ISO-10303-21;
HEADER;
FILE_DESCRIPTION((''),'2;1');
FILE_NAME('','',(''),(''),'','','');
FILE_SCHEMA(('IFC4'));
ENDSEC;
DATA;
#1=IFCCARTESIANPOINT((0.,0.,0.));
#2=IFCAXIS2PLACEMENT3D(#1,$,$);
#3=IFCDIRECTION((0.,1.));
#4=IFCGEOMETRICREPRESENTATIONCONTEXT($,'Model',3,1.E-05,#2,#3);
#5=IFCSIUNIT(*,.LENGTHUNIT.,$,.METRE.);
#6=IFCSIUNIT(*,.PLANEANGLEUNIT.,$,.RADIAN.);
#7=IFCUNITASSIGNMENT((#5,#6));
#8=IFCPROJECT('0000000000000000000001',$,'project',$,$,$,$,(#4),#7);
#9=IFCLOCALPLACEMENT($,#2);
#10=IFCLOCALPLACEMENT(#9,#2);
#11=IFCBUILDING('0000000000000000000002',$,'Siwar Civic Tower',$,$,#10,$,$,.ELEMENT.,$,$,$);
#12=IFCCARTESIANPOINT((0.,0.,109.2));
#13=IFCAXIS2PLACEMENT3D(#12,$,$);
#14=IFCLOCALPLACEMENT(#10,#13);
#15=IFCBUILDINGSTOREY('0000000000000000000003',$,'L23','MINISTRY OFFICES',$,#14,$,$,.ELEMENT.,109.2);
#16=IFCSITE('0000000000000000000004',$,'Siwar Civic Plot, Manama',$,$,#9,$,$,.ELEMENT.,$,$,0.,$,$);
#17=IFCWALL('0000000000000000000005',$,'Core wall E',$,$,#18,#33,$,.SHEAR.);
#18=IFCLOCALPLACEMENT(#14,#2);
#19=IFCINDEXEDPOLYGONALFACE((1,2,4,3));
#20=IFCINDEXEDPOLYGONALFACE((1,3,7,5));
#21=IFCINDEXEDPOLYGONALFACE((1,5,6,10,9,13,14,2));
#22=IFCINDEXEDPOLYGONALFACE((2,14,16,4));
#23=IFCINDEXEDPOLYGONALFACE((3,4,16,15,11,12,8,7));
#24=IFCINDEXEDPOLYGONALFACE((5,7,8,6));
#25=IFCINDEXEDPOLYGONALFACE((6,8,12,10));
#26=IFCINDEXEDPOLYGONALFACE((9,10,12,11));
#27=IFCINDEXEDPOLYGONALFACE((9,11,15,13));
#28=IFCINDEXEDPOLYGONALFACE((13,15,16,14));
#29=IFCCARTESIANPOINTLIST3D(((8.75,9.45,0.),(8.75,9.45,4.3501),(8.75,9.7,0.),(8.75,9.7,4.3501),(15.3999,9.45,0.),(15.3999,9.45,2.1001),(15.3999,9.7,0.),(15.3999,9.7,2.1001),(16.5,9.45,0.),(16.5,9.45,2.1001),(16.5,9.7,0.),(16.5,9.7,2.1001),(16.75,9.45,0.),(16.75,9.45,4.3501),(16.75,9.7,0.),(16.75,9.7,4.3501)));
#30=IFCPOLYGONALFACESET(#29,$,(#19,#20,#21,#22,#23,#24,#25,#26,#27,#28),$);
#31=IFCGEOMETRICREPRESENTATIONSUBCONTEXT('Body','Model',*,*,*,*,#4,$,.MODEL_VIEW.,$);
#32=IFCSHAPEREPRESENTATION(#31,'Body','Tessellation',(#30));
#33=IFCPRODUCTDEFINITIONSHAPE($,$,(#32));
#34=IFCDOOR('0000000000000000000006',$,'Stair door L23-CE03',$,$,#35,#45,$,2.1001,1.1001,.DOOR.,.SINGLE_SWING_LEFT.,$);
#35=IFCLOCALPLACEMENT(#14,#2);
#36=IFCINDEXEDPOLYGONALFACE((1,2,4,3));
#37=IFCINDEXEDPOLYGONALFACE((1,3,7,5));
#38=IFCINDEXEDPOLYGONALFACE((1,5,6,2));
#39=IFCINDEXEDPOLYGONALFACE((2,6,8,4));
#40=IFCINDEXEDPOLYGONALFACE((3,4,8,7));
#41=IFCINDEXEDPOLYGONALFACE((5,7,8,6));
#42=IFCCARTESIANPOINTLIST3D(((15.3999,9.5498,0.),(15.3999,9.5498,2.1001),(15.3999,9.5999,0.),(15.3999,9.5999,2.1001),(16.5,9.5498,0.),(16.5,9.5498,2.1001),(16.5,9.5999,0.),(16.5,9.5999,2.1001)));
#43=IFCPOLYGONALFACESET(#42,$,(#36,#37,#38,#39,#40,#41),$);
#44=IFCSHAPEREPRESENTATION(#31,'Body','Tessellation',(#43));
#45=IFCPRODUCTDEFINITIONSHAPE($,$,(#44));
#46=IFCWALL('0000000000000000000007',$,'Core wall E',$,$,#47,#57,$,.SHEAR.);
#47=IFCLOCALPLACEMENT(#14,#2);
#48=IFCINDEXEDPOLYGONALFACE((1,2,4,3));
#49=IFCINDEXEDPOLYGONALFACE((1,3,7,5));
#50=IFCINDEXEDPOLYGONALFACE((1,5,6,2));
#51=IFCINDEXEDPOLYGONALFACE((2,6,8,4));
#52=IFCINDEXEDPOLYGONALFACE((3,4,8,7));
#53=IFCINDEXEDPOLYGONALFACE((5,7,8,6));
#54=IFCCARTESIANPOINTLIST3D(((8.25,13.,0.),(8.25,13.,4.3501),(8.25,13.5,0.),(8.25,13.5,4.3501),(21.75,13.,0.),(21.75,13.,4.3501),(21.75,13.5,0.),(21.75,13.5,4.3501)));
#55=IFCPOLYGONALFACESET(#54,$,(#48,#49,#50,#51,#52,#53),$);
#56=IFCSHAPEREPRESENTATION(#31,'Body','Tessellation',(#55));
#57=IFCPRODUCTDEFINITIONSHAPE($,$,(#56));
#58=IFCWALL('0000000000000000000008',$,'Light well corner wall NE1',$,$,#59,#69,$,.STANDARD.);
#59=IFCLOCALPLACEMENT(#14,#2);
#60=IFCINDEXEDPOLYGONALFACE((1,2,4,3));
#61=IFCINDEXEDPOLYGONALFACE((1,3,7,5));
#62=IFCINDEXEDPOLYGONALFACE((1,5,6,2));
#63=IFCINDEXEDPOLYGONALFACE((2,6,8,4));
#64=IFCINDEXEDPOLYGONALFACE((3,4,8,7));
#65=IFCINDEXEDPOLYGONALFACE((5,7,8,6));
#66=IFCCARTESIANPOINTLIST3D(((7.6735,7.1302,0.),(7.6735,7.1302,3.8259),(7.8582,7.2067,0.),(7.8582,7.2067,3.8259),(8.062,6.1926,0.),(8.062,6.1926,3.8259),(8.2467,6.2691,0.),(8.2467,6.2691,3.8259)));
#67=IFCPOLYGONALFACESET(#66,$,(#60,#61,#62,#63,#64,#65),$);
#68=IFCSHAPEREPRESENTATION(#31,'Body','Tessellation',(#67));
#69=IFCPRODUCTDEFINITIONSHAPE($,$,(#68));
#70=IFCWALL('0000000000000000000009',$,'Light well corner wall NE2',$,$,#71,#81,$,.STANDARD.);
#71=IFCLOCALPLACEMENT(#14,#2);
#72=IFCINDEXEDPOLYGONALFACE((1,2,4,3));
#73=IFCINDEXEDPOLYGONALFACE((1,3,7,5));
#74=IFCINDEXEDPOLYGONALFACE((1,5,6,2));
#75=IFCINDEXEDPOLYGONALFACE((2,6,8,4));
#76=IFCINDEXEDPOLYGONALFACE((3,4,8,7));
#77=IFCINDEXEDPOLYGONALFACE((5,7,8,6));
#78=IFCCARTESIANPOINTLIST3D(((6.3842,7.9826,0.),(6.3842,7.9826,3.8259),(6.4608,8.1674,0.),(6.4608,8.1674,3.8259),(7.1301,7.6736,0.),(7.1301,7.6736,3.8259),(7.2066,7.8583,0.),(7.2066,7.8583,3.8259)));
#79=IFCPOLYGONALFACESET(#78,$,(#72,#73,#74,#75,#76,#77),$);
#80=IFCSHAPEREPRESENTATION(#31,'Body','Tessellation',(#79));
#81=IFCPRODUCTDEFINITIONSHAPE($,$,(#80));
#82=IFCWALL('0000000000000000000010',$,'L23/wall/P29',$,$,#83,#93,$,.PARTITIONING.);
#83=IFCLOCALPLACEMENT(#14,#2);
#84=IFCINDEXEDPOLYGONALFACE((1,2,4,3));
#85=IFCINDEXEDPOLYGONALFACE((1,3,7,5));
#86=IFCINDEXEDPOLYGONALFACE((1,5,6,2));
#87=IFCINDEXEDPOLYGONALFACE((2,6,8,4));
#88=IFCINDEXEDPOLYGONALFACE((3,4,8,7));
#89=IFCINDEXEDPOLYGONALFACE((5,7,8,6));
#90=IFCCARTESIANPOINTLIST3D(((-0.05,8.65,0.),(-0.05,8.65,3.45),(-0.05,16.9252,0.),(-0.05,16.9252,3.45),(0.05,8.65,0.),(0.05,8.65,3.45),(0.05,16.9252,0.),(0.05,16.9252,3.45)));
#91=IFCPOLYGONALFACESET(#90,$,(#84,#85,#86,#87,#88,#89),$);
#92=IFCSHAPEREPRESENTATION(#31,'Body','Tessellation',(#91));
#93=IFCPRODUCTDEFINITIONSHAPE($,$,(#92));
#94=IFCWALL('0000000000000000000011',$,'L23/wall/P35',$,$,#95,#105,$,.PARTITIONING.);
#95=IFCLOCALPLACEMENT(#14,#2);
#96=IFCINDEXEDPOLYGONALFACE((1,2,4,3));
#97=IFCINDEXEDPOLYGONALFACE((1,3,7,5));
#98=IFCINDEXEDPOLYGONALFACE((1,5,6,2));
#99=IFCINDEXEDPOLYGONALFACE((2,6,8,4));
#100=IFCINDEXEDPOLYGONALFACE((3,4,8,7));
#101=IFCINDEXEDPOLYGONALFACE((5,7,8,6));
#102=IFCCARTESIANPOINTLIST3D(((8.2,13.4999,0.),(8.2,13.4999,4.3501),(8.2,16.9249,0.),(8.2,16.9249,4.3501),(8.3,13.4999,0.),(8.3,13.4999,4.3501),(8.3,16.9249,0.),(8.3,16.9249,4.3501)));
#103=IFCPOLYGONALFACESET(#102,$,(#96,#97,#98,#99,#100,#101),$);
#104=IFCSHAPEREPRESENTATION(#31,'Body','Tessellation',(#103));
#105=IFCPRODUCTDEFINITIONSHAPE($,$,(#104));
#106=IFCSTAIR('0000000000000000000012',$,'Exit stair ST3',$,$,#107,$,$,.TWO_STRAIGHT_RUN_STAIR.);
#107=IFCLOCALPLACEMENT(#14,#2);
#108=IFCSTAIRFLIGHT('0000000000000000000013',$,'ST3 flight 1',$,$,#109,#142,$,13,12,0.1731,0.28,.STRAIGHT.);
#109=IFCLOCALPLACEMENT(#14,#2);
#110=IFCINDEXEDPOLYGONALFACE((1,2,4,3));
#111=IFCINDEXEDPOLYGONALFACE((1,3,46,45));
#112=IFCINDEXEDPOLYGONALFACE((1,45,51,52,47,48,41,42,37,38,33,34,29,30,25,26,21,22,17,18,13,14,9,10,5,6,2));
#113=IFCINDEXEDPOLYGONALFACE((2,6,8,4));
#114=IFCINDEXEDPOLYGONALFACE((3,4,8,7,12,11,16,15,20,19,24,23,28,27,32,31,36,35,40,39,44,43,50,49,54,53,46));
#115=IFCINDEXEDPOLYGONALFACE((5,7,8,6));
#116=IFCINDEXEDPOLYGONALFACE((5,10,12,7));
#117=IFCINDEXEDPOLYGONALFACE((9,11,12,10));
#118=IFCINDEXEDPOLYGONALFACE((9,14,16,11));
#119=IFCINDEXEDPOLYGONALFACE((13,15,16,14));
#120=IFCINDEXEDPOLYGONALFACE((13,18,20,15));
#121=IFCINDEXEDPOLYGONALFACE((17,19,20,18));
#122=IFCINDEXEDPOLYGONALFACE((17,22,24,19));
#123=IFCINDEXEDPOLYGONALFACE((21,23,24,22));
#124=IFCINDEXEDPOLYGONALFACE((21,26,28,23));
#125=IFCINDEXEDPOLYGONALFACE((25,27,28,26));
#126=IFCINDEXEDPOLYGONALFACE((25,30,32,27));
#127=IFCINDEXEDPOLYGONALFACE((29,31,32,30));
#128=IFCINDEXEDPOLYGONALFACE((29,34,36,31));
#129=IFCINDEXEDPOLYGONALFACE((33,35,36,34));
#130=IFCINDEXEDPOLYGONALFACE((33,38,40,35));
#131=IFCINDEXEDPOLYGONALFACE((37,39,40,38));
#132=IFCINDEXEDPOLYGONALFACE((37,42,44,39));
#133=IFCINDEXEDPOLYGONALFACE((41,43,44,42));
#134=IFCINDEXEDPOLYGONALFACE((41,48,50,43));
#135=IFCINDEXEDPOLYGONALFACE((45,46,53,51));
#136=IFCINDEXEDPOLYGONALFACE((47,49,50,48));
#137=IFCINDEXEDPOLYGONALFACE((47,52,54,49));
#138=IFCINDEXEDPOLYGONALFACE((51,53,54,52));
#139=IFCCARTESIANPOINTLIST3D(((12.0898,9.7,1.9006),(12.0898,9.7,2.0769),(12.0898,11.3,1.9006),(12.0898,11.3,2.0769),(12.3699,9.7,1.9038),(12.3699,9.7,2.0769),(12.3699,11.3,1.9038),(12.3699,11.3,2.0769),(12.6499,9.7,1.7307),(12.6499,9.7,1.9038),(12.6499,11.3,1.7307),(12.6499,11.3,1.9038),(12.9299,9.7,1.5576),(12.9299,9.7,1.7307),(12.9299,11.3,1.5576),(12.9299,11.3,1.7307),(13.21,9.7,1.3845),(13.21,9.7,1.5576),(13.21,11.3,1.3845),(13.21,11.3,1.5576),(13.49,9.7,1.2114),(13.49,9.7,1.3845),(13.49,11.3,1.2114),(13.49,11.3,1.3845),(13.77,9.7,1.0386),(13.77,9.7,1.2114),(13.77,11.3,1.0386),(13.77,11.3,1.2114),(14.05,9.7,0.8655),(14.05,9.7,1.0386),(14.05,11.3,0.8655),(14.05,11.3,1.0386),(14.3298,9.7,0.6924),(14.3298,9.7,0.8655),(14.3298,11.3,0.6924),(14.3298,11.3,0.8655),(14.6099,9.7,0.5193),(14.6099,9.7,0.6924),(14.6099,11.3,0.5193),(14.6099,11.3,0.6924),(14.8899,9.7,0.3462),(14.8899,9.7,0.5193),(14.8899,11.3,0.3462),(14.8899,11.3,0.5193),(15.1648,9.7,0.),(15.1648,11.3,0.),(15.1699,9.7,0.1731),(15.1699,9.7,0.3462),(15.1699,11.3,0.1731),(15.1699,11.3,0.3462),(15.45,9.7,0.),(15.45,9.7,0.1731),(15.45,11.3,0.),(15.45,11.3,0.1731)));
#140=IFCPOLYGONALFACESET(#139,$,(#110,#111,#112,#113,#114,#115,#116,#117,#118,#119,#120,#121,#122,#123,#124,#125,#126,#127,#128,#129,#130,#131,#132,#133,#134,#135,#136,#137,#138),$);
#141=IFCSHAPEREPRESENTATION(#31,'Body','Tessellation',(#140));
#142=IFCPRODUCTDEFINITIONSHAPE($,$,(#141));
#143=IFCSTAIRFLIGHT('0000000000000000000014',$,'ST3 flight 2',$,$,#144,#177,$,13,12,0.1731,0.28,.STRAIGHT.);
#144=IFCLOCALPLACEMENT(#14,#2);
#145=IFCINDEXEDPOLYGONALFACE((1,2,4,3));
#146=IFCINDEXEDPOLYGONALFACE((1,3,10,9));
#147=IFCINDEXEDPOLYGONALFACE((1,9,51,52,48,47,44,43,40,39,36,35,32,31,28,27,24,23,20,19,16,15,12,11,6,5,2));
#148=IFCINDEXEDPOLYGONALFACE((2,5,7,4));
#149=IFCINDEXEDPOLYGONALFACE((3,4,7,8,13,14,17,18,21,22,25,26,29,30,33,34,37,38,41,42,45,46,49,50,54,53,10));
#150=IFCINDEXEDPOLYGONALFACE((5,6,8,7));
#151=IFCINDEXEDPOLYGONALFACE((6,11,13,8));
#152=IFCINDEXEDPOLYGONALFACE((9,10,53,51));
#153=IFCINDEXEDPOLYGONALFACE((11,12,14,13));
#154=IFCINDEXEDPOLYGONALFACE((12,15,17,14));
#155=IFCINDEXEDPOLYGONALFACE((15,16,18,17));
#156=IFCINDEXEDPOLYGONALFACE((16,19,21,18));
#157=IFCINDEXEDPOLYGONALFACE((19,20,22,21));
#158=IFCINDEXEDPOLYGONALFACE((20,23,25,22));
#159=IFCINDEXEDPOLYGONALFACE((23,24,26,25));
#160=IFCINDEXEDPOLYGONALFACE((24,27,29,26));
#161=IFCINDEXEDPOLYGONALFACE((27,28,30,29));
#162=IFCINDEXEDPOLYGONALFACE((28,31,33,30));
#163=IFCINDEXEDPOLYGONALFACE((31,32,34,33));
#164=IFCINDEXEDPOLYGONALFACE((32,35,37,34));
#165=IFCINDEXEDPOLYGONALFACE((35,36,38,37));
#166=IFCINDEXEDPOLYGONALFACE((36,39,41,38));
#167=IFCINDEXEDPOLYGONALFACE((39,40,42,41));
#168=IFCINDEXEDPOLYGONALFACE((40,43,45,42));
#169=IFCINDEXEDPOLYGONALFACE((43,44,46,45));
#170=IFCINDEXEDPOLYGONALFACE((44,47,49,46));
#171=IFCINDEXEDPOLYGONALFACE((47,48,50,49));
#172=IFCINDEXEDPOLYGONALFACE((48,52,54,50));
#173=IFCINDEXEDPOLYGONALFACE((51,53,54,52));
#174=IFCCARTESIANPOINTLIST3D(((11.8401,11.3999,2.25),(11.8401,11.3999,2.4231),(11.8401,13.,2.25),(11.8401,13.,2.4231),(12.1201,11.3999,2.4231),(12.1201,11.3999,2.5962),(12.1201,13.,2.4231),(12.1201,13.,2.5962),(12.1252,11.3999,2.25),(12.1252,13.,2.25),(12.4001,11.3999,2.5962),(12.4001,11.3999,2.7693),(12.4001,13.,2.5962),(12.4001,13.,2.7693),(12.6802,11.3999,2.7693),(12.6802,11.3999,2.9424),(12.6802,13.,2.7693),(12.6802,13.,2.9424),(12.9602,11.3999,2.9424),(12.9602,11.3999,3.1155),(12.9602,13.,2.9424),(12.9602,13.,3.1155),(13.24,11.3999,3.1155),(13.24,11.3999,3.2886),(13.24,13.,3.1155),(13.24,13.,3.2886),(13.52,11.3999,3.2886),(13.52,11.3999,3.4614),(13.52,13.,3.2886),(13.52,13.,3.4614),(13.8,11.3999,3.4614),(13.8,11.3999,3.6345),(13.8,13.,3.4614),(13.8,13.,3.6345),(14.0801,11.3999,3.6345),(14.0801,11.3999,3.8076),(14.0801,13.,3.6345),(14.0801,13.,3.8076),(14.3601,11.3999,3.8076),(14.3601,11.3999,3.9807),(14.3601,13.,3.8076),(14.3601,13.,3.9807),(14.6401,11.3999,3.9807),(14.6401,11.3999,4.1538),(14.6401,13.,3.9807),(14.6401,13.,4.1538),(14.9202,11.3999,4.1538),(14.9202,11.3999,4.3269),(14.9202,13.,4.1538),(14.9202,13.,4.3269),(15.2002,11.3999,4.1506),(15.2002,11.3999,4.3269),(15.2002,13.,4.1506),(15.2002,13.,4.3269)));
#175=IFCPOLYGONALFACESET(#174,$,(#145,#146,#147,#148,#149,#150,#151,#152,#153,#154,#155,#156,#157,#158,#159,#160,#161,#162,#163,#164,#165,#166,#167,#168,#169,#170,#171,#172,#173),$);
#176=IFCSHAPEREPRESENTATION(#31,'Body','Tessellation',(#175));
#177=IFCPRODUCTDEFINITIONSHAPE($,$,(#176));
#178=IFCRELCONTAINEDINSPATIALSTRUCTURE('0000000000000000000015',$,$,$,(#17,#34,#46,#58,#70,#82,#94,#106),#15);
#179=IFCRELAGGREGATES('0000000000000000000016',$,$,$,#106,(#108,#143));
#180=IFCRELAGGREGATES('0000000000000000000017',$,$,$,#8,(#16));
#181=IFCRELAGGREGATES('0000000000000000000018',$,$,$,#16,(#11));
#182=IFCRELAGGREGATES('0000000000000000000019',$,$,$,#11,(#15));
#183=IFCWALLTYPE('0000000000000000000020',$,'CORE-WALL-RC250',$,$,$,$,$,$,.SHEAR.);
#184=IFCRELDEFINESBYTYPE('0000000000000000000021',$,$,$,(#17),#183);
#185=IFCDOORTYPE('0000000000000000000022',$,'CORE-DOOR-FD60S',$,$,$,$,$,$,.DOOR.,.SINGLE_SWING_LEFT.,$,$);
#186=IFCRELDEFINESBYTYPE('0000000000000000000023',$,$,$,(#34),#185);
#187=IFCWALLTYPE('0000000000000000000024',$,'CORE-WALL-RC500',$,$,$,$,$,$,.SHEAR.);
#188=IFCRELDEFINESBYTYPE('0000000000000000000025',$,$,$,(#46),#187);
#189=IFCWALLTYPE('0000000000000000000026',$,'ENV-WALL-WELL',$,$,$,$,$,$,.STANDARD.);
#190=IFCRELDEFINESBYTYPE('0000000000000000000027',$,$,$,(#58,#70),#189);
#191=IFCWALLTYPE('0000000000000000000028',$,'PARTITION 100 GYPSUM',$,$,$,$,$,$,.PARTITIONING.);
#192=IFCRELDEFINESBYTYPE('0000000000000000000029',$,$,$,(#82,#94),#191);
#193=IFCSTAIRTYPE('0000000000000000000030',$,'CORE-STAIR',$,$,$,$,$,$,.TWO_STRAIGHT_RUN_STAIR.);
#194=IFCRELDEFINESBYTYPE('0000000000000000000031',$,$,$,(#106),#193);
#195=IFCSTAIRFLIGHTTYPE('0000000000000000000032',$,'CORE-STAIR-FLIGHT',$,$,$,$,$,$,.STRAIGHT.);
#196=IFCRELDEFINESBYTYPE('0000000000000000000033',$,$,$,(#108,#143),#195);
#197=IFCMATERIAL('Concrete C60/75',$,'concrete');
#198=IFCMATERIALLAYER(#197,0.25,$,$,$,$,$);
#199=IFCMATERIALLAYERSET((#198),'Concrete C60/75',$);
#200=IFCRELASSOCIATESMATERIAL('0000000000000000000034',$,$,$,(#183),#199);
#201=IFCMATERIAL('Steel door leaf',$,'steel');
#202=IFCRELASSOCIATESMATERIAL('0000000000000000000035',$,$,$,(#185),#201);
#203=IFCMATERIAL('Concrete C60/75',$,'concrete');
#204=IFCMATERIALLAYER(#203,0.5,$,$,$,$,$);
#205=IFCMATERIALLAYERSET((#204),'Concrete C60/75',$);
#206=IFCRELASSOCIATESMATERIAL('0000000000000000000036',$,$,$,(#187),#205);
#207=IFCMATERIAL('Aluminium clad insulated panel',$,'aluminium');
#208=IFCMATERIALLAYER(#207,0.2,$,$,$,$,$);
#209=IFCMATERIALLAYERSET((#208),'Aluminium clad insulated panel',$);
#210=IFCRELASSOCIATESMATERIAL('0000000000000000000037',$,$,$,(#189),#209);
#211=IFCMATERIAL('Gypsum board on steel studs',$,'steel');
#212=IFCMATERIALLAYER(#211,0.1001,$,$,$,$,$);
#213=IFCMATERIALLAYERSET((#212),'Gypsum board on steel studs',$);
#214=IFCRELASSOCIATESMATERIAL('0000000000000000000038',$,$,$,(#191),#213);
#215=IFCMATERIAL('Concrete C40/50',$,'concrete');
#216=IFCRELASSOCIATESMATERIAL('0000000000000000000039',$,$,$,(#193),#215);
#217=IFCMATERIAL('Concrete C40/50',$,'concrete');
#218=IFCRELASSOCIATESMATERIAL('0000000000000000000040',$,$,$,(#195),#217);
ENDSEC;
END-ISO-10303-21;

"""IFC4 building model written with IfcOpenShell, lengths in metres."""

from ifc_helpers import new_model, si_unit, direction, frame, frame_2d, origin, place, context, subcontext, project, spatial, polyline, rectangle, outline, extrude, material, layer, layer_set, type_object, element, fill, aggregate, save


model = new_model("IFC4")

# Units and contexts
model_context = context("Model", 3, precision=1e-05, world=origin(), true_north=direction((0.0, 1.0)))
body_context = subcontext(model_context, "Body", "Model", "MODEL_VIEW")
ifc_project = project(units=[si_unit("LENGTHUNIT", "METRE"), si_unit("PLANEANGLEUNIT", "RADIAN")], contexts=[model_context])

# Site, building, storey
site_placement = place(None, origin())
site = spatial("IfcSite", under=ifc_project, at=site_placement, Name="Siwar Civic Plot, Manama", CompositionType="ELEMENT", RefElevation=0.0)
building_placement = place(site_placement, origin())
building = spatial("IfcBuilding", under=site, at=building_placement, Name="Siwar Civic Tower", CompositionType="ELEMENT")
storey_placement = place(building_placement, frame((0.0, 0.0, 109.2)))
storey = spatial("IfcBuildingStorey", under=building, at=storey_placement, Name="L23", Description="MINISTRY OFFICES", CompositionType="ELEMENT", Elevation=109.2)

# Shared definitions
ifc_material_1 = material(Name="Concrete C60/75", Category="concrete")
ifc_layer_1 = layer(ifc_material_1, 0.25)
ifc_layer_set_1 = layer_set([ifc_layer_1], Name="Concrete C60/75")
wall_type_1 = type_object("IfcWallType", Name="CORE-WALL-RC250", PredefinedType="SHEAR", material=ifc_layer_set_1)

# Wall, opening, door
wall_1_placement = place(storey_placement, frame((8.75, 9.575, 0.0), z_axis=(0.0, 0.0, 1.0), x_axis=(1.0, 0.0, 0.0)))
wall_1 = element("IfcWall", 1, at=wall_1_placement, inside=storey, type_object=wall_type_1, Name="Core wall E", PredefinedType="SHEAR", context=body_context, shape_type="SweptSolid", body=[
    extrude(rectangle(XDim=8.0, YDim=0.25, at=frame_2d((4.0, 0.0))), origin(), (0.0, 0.0, 1.0), 4.3501),
])
opening_1_placement = place(wall_1_placement, frame((6.6499, 0.0, 0.0)))
opening_1 = element("IfcOpeningElement", 2, at=opening_1_placement, cuts=wall_1, PredefinedType="OPENING", context=body_context, shape_type="SweptSolid", body=[
    extrude(rectangle(XDim=1.1001, YDim=2.1001, at=frame_2d((0.55, 1.05))), frame((0.0, 0.135, 0.0), z_axis=(0.0, -1.0, 0.0), x_axis=(1.0, 0.0, 0.0)), (0.0, 0.0, 1.0), 0.27),
])
ifc_material_2 = material(Name="Steel door leaf", Category="steel")
door_type_1 = type_object("IfcDoorType", Name="CORE-DOOR-FD60S", OperationType="SINGLE_SWING_LEFT", PredefinedType="DOOR", material=ifc_material_2)
door_1_placement = place(opening_1_placement, origin())
door_1 = element("IfcDoor", 3, at=door_1_placement, inside=storey, type_object=door_type_1, Name="Stair door L23-CE03", OperationType="SINGLE_SWING_LEFT", OverallHeight=2.1001, OverallWidth=1.1001, PredefinedType="DOOR", context=body_context, shape_type="SweptSolid", body=[
    extrude(rectangle(XDim=1.1001, YDim=2.1001, at=frame_2d((0.55, 1.05))), frame((0.0, 0.0249, 0.0), z_axis=(0.0, -1.0, 0.0), x_axis=(1.0, 0.0, 0.0)), (0.0, 0.0, 1.0), 0.05),
])
fill(opening_1, door_1)

# Walls
ifc_material_3 = material(Name="Concrete C60/75", Category="concrete")
ifc_layer_2 = layer(ifc_material_3, 0.5)
ifc_layer_set_2 = layer_set([ifc_layer_2], Name="Concrete C60/75")
wall_type_2 = type_object("IfcWallType", Name="CORE-WALL-RC500", PredefinedType="SHEAR", material=ifc_layer_set_2)
wall_2_placement = place(storey_placement, frame((8.25, 13.25, 0.0), z_axis=(0.0, 0.0, 1.0), x_axis=(1.0, 0.0, 0.0)))
element("IfcWall", 4, at=wall_2_placement, inside=storey, type_object=wall_type_2, Name="Core wall E", PredefinedType="SHEAR", context=body_context, shape_type="SweptSolid", body=[
    extrude(rectangle(XDim=13.5, YDim=0.5, at=frame_2d((6.75, 0.0))), origin(), (0.0, 0.0, 1.0), 4.3501),
])
ifc_material_4 = material(Name="Aluminium clad insulated panel", Category="aluminium")
ifc_layer_3 = layer(ifc_material_4, 0.2)
ifc_layer_set_3 = layer_set([ifc_layer_3], Name="Aluminium clad insulated panel")
wall_type_3 = type_object("IfcWallType", Name="ENV-WALL-WELL", PredefinedType="STANDARD", material=ifc_layer_set_3)
wall_3_placement = place(storey_placement, frame((8.1543, 6.231, 0.0), z_axis=(0.0, 0.0, 1.0), x_axis=(-0.38277, 0.923844, 0.0)))
element("IfcWall", 5, at=wall_3_placement, inside=storey, type_object=wall_type_3, Name="Light well corner wall NE1", PredefinedType="STANDARD", context=body_context, shape_type="SweptSolid", body=[
    extrude(rectangle(XDim=1.0149, YDim=0.2, at=frame_2d((0.5073, 0.0))), origin(), (0.0, 0.0, 1.0), 3.8259),
])
wall_4_placement = place(storey_placement, frame((7.1685, 7.7659, 0.0), z_axis=(0.0, 0.0, 1.0), x_axis=(-0.923818, 0.382833, 0.0)))
element("IfcWall", 6, at=wall_4_placement, inside=storey, type_object=wall_type_3, Name="Light well corner wall NE2", PredefinedType="STANDARD", context=body_context, shape_type="SweptSolid", body=[
    extrude(rectangle(XDim=0.8074, YDim=0.2, at=frame_2d((0.4038, 0.0))), origin(), (0.0, 0.0, 1.0), 3.8259),
])
ifc_material_5 = material(Name="Gypsum board on steel studs", Category="steel")
ifc_layer_4 = layer(ifc_material_5, 0.1001)
ifc_layer_set_4 = layer_set([ifc_layer_4], Name="Gypsum board on steel studs")
wall_type_4 = type_object("IfcWallType", Name="PARTITION 100 GYPSUM", PredefinedType="PARTITIONING", material=ifc_layer_set_4)
wall_5_placement = place(storey_placement, frame((0.0, 8.6499, 0.0), z_axis=(0.0, 0.0, 1.0), x_axis=(0.0, 1.0, 0.0)))
element("IfcWall", 7, at=wall_5_placement, inside=storey, type_object=wall_type_4, Name="L23/wall/P29", PredefinedType="PARTITIONING", context=body_context, shape_type="SweptSolid", body=[
    extrude(rectangle(XDim=8.2751, YDim=0.1001, at=frame_2d((4.1377, 0.0))), origin(), (0.0, 0.0, 1.0), 3.45),
])
wall_6_placement = place(storey_placement, frame((8.25, 13.5, 0.0), z_axis=(0.0, 0.0, 1.0), x_axis=(0.0, 1.0, 0.0)))
element("IfcWall", 8, at=wall_6_placement, inside=storey, type_object=wall_type_4, Name="L23/wall/P35", PredefinedType="PARTITIONING", context=body_context, shape_type="SweptSolid", body=[
    extrude(rectangle(XDim=3.425, YDim=0.1001, at=frame_2d((1.7124, 0.0))), origin(), (0.0, 0.0, 1.0), 4.3501),
])

# Stair, stair flights
ifc_material_6 = material(Name="Concrete C40/50", Category="concrete")
stair_type = type_object("IfcStairType", Name="CORE-STAIR", PredefinedType="TWO_STRAIGHT_RUN_STAIR", material=ifc_material_6)
stair_placement = place(storey_placement, origin())
stair = element("IfcStair", 9, at=stair_placement, inside=storey, type_object=stair_type, Name="Exit stair ST3", PredefinedType="TWO_STRAIGHT_RUN_STAIR")
ifc_material_7 = material(Name="Concrete C40/50", Category="concrete")
stair_flight_type = type_object("IfcStairFlightType", Name="CORE-STAIR-FLIGHT", PredefinedType="STRAIGHT", material=ifc_material_7)
stair_flight_1_placement = place(storey_placement, frame((15.45, 10.5, 0.0), z_axis=(0.0, 0.0, 1.0), x_axis=(-1.0, 0.0, 0.0)))
stair_flight_1 = element("IfcStairFlight", 10, at=stair_flight_1_placement, type_object=stair_flight_type, Name="ST3 flight 1", NumberOfRisers=13, NumberOfTreads=12, PredefinedType="STRAIGHT", RiserHeight=0.1731, TreadLength=0.28, context=body_context, shape_type="SweptSolid", body=[
    extrude(outline(polyline([(0.0, 0.0), (0.0, 0.1731), (0.28, 0.1731), (0.28, 0.3462), (0.5601, 0.3462), (0.5601, 0.5193), (0.8401, 0.5193), (0.8401, 0.6924), (1.1201, 0.6924), (1.1201, 0.8655), (1.3999, 0.8655), (1.3999, 1.0386), (1.6799, 1.0386), (1.6799, 1.2114), (1.96, 1.2114), (1.96, 1.3845), (2.24, 1.3845), (2.24, 1.5576), (2.52, 1.5576), (2.52, 1.7307), (2.8, 1.7307), (2.8, 1.9038), (3.0801, 1.9038), (3.0801, 2.0769), (3.3601, 2.0769), (3.3601, 2.25), (3.3601, 1.9006), (0.2852, 0.0), (0.0, 0.0)])), frame((0.0, 0.8, 0.0), z_axis=(0.0, -1.0, 0.0), x_axis=(1.0, 0.0, 0.0)), (0.0, 0.0, 1.0), 1.6001),
])
stair_flight_2_placement = place(storey_placement, frame((11.8401, 12.2, 2.25), z_axis=(0.0, 0.0, 1.0), x_axis=(1.0, 0.0, 0.0)))
stair_flight_2 = element("IfcStairFlight", 11, at=stair_flight_2_placement, type_object=stair_flight_type, Name="ST3 flight 2", NumberOfRisers=13, NumberOfTreads=12, PredefinedType="STRAIGHT", RiserHeight=0.1731, TreadLength=0.28, context=body_context, shape_type="SweptSolid", body=[
    extrude(outline(polyline([(0.0, 0.0), (0.0, 0.1731), (0.28, 0.1731), (0.28, 0.3462), (0.5601, 0.3462), (0.5601, 0.5193), (0.8401, 0.5193), (0.8401, 0.6924), (1.1201, 0.6924), (1.1201, 0.8655), (1.3999, 0.8655), (1.3999, 1.0386), (1.6799, 1.0386), (1.6799, 1.2114), (1.96, 1.2114), (1.96, 1.3845), (2.24, 1.3845), (2.24, 1.5576), (2.52, 1.5576), (2.52, 1.7307), (2.8, 1.7307), (2.8, 1.9038), (3.0801, 1.9038), (3.0801, 2.0769), (3.3601, 2.0769), (3.3601, 2.25), (3.3601, 1.9006), (0.2852, 0.0), (0.0, 0.0)])), frame((0.0, 0.8, 0.0), z_axis=(0.0, -1.0, 0.0), x_axis=(1.0, 0.0, 0.0)), (0.0, 0.0, 1.0), 1.6001),
])
aggregate(stair, [stair_flight_1, stair_flight_2])

save(model, "model.ifc")
